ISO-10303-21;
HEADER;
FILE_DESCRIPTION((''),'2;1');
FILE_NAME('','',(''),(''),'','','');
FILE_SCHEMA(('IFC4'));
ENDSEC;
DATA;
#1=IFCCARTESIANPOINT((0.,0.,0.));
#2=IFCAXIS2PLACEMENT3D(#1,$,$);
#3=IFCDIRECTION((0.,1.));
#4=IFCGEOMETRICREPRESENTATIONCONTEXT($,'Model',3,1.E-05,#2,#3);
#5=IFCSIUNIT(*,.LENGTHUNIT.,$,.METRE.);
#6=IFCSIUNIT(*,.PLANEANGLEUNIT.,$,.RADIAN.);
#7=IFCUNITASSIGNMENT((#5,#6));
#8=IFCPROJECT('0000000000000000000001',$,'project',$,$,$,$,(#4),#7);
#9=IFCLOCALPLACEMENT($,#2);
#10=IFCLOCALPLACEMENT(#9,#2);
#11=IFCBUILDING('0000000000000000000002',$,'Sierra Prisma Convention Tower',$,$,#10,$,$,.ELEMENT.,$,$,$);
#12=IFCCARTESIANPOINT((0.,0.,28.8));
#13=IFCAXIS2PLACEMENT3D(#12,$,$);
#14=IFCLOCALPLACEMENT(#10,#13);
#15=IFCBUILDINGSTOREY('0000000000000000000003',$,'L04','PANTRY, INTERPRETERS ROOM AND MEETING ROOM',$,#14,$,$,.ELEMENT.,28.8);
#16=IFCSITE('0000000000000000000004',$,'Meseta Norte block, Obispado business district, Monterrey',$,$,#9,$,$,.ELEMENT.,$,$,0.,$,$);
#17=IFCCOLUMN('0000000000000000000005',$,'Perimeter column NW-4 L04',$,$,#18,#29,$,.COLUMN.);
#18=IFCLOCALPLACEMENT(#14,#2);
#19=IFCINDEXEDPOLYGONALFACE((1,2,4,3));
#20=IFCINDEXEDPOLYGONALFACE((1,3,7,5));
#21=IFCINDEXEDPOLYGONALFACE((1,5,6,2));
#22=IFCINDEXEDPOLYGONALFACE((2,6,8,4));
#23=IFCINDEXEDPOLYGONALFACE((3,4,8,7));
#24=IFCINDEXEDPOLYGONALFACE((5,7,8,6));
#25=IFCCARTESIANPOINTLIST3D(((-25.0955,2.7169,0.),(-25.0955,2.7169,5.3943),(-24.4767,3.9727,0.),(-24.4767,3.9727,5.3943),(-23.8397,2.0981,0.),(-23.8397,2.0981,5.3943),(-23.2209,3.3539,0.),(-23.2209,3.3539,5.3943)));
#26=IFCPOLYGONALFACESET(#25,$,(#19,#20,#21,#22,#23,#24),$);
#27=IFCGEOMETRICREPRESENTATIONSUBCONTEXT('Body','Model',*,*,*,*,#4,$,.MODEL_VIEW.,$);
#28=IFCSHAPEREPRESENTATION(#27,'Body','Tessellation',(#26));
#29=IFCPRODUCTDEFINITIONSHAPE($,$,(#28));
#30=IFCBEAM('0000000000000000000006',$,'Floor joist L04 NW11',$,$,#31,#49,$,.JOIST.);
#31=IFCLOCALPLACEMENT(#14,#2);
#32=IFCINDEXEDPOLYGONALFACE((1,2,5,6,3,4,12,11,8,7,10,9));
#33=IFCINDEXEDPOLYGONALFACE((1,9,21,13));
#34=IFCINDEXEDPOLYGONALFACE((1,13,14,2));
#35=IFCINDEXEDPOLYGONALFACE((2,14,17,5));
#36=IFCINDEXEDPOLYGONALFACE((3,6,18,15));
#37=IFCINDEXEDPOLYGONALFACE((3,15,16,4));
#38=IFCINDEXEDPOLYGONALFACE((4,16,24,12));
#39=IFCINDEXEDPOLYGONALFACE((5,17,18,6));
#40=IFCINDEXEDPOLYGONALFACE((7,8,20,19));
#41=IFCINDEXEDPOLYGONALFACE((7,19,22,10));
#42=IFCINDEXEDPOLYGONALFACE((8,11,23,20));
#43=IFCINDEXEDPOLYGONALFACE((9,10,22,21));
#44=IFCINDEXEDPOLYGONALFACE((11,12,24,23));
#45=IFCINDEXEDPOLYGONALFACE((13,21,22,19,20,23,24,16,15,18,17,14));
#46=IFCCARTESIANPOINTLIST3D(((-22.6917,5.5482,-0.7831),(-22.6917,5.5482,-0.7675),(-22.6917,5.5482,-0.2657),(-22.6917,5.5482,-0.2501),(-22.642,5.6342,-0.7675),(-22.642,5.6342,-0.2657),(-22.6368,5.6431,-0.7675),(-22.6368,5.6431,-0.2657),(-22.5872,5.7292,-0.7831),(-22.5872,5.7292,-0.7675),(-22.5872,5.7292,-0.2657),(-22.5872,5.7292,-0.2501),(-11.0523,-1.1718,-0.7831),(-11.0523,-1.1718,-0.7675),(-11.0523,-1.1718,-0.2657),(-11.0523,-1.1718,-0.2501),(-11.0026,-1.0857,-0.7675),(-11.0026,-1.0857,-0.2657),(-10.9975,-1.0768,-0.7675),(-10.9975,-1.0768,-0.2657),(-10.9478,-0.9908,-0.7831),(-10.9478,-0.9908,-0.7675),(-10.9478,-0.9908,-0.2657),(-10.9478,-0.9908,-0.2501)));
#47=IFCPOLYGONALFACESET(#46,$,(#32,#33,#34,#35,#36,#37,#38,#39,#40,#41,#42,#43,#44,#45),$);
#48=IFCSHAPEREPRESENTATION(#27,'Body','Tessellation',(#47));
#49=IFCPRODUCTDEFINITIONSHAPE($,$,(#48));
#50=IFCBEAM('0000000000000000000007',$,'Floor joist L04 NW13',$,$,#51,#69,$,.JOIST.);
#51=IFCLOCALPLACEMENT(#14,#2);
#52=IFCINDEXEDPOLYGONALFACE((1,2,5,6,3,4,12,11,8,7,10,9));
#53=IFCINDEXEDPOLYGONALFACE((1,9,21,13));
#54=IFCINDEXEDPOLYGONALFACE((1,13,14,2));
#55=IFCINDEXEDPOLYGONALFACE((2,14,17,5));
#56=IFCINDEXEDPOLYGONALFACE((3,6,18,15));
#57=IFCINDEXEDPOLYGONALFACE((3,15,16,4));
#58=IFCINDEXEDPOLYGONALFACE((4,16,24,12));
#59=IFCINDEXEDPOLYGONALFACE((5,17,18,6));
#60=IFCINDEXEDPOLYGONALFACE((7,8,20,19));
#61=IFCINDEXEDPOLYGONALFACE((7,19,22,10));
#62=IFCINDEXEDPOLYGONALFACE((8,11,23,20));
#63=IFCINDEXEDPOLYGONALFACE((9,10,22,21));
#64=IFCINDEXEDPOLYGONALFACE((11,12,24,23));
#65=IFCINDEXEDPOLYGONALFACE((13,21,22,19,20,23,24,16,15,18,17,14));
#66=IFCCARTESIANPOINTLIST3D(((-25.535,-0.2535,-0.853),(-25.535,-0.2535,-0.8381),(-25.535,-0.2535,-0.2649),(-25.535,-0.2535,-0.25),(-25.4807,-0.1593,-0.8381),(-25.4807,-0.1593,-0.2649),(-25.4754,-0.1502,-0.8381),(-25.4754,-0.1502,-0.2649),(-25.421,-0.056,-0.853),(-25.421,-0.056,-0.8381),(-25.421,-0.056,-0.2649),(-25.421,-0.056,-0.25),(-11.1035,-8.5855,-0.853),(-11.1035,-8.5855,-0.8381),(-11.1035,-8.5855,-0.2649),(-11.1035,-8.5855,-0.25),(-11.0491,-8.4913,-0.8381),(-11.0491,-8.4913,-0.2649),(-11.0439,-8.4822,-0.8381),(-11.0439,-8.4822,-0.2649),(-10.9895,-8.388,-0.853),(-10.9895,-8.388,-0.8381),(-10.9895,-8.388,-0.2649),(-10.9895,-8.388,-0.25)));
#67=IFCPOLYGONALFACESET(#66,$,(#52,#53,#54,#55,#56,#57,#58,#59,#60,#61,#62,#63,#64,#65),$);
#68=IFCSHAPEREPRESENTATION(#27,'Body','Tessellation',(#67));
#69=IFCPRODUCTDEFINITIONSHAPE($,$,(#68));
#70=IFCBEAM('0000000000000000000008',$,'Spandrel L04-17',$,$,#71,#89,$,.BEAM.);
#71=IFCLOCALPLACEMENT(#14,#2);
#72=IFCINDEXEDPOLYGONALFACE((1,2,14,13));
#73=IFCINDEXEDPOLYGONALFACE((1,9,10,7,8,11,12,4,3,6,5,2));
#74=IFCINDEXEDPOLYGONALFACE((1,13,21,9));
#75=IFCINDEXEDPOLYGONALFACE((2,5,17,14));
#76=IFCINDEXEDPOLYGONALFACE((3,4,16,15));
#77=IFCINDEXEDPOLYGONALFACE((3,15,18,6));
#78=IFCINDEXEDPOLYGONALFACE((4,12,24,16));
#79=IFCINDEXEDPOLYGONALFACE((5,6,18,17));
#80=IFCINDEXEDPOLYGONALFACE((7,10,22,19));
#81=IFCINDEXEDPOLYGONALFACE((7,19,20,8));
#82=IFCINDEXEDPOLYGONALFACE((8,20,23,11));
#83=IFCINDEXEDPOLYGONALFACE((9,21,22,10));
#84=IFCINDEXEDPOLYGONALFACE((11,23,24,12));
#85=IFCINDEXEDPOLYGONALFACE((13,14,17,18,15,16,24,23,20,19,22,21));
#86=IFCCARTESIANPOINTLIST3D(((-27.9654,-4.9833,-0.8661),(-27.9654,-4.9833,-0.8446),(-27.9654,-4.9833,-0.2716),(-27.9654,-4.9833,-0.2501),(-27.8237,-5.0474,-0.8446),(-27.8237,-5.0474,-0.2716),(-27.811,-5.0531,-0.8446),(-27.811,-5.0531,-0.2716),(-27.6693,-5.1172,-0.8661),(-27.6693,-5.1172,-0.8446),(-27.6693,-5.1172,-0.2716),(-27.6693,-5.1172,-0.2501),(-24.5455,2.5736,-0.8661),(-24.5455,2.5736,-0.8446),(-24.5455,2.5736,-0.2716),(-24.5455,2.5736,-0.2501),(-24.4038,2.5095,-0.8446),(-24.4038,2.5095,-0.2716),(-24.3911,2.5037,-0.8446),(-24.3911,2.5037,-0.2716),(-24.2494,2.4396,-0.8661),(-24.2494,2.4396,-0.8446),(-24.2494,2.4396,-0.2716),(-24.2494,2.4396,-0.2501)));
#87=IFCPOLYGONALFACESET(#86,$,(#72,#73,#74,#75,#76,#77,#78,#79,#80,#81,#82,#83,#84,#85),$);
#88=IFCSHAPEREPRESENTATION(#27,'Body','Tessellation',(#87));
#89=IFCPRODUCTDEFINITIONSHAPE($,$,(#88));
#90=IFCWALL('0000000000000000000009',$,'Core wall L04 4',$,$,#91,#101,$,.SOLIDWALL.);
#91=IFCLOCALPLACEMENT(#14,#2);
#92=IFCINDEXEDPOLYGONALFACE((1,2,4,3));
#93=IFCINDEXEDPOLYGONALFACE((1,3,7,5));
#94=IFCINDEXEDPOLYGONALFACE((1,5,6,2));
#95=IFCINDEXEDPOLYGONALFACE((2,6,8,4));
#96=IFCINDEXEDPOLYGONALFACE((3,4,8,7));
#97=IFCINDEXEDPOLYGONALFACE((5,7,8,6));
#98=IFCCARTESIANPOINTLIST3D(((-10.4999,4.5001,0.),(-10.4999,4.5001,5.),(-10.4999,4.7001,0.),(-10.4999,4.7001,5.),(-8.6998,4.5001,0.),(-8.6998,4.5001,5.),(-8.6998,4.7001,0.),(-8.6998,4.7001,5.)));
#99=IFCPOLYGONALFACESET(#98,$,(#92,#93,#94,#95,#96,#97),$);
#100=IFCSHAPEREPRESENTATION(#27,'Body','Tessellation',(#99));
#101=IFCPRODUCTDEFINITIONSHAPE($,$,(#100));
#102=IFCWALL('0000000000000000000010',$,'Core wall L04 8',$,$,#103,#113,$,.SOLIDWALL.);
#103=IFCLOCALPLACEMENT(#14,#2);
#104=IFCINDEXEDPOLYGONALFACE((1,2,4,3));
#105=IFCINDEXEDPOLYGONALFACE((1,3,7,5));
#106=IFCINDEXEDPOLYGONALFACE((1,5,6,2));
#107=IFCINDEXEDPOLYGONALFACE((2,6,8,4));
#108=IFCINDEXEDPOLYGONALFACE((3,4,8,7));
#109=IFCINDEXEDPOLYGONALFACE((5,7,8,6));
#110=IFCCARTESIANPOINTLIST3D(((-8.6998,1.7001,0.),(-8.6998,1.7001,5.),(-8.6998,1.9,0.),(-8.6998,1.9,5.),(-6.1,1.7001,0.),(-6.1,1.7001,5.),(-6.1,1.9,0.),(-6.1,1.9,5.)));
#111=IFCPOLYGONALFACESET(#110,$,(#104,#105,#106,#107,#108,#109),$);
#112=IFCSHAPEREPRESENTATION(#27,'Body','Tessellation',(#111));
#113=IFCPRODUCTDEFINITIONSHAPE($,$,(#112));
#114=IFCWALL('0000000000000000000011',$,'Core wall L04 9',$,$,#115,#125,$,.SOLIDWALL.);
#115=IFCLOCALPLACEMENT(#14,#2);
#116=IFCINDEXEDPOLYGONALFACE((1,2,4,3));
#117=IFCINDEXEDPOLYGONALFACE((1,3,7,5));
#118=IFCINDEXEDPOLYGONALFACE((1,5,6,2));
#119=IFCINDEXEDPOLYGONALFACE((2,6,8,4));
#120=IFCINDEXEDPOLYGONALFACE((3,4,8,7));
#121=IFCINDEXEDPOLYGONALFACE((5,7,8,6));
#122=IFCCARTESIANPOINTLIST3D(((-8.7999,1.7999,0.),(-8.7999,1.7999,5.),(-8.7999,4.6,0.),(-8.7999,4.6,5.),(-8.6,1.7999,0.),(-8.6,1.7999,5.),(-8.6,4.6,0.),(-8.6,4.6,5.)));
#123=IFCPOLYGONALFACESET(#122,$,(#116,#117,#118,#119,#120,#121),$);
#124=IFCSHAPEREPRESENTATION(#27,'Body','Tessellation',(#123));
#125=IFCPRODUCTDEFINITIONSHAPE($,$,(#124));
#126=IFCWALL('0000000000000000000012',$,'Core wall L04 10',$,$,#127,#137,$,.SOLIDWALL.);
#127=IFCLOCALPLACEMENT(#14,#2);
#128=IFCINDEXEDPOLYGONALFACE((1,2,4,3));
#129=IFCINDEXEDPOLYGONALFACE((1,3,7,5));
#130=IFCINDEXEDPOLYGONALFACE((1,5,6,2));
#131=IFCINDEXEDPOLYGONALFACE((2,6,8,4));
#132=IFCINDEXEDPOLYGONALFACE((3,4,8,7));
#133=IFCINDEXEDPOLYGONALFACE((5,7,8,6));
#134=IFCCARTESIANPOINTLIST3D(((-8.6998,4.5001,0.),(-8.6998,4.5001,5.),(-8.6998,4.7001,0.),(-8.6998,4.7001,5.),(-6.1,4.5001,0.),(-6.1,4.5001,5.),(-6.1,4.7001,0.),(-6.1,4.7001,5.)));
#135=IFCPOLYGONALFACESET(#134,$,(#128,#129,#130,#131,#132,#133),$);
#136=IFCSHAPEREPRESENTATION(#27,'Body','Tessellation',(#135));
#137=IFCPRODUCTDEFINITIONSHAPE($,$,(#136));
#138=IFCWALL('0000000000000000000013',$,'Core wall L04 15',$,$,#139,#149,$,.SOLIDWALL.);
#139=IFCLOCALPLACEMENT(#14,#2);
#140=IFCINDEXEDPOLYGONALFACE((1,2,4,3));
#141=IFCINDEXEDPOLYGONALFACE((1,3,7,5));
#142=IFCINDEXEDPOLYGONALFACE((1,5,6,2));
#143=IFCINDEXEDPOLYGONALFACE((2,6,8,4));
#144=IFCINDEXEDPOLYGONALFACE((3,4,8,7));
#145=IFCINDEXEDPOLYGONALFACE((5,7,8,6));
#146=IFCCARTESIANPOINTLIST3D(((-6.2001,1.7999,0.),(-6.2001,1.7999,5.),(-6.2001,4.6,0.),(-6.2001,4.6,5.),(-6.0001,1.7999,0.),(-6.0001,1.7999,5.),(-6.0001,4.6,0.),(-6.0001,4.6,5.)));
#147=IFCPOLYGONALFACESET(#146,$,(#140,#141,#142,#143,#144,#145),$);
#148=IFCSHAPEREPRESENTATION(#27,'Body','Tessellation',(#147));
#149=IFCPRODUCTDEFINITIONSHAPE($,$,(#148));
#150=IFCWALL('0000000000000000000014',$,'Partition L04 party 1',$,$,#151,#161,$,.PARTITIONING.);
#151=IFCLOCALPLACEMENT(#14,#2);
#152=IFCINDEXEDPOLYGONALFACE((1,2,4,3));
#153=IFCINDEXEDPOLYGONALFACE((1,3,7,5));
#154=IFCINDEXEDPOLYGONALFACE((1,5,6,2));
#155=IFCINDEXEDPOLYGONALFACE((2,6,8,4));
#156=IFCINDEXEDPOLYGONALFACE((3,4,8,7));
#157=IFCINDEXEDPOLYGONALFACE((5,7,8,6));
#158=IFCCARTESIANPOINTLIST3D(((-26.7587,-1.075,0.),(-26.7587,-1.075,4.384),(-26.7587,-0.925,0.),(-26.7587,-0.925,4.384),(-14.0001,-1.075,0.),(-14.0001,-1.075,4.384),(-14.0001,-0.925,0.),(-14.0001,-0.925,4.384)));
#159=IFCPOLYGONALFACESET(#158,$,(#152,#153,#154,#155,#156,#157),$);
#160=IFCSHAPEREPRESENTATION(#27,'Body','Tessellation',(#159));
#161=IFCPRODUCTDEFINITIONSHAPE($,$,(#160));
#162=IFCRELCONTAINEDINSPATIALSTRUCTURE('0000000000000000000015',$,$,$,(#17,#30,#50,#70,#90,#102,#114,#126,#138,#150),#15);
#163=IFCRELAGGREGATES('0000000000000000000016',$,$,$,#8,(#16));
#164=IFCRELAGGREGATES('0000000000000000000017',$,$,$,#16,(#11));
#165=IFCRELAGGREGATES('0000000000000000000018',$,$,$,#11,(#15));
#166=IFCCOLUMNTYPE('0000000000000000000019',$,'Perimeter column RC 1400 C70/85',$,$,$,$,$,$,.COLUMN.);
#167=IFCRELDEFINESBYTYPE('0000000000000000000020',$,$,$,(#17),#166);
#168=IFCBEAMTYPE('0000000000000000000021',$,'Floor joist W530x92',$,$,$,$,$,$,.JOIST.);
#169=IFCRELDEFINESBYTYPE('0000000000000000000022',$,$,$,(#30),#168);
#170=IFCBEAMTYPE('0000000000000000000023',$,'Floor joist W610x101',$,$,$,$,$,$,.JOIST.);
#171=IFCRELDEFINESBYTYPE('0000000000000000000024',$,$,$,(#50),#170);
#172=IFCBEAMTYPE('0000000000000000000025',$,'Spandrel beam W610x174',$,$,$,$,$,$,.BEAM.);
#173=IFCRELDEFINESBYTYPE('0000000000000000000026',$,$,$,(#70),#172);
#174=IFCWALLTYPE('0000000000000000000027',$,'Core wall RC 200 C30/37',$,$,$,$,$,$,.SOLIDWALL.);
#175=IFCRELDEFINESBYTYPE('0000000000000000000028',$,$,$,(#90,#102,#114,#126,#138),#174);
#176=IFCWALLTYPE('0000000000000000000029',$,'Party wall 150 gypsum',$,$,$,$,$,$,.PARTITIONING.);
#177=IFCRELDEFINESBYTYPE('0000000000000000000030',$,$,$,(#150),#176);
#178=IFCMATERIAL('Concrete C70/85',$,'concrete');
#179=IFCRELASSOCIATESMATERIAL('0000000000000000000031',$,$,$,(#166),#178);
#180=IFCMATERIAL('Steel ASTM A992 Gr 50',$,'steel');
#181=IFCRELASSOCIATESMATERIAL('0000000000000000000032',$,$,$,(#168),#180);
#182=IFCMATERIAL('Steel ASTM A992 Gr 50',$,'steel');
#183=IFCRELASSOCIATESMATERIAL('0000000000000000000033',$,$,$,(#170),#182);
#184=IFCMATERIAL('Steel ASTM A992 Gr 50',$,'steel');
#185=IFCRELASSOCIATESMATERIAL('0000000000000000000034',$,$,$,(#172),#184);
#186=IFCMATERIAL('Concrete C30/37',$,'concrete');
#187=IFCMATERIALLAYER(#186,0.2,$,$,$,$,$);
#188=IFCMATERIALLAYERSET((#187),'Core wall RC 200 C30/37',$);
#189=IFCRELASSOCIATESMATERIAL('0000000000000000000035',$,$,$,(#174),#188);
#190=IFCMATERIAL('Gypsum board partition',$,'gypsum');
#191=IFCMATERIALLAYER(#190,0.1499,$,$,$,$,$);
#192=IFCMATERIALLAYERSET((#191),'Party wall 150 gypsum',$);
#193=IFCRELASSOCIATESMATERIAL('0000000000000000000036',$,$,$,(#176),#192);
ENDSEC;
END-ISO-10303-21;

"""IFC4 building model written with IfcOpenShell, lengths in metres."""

from ifc_helpers import new_model, si_unit, direction, frame, frame_2d, origin, origin_2d, place, context, subcontext, project, spatial, rectangle, i_section, extrude, clip, halfspace, material, layer, layer_set, material_profile, profile_set, type_object, element, save


model = new_model("IFC4")

# Units and contexts
model_context = context("Model", 3, precision=1e-05, world=origin(), true_north=direction((0.0, 1.0)))
body_context = subcontext(model_context, "Body", "Model", "MODEL_VIEW")
ifc_project = project(units=[si_unit("LENGTHUNIT", "METRE"), si_unit("PLANEANGLEUNIT", "RADIAN")], contexts=[model_context])

# Site, building, storey
site_placement = place(None, origin())
site = spatial("IfcSite", under=ifc_project, at=site_placement, Name="Meseta Norte block, Obispado business district, Monterrey", CompositionType="ELEMENT", RefElevation=0.0)
building_placement = place(site_placement, origin())
building = spatial("IfcBuilding", under=site, at=building_placement, Name="Sierra Prisma Convention Tower", CompositionType="ELEMENT")
storey_placement = place(building_placement, frame((0.0, 0.0, 28.8)))
storey = spatial("IfcBuildingStorey", under=building, at=storey_placement, Name="L04", Description="PANTRY, INTERPRETERS ROOM AND MEETING ROOM", CompositionType="ELEMENT", Elevation=28.8)

# Column
ifc_material_1 = material(Name="Concrete C70/85", Category="concrete")
ifc_material_profile_1 = material_profile(ifc_material_1, rectangle(XDim=1.3999, YDim=1.3999, at=origin_2d()), Name="Perimeter column RC 1400 C70/85")
ifc_profile_set_1 = profile_set([ifc_material_profile_1], Name="Concrete C70/85")
column_type = type_object("IfcColumnType", Name="Perimeter column RC 1400 C70/85", PredefinedType="COLUMN", material=ifc_profile_set_1)
column_placement = place(storey_placement, frame((-24.1582, 3.0354, 0.0), z_axis=(0.0, 0.0, 1.0), x_axis=(0.442023, 0.897004, 0.0)))
element("IfcColumn", 1, at=column_placement, inside=storey, type_object=column_type, Name="Perimeter column NW-4 L04", PredefinedType="COLUMN", context=body_context, shape_type="SweptSolid", body=[
    clip(extrude(rectangle(XDim=1.3999, YDim=1.3999, at=origin_2d()), origin(), (0.0, 0.0, 1.0), 5.3999), halfspace(frame((0.0, 0.0, 5.3943)), False)),
])

# Beams
ifc_material_2 = material(Name="Steel ASTM A992 Gr 50", Category="steel")
ifc_material_profile_2 = material_profile(ifc_material_2, i_section(OverallWidth=0.209, OverallDepth=0.533, WebThickness=0.0103, FlangeThickness=0.0156, at=origin_2d()), Name="W530x92")
ifc_profile_set_2 = profile_set([ifc_material_profile_2], Name="Steel ASTM A992 Gr 50")
beam_type_1 = type_object("IfcBeamType", Name="Floor joist W530x92", PredefinedType="JOIST", material=ifc_profile_set_2)
beam_1_placement = place(storey_placement, frame((-22.6394, 5.6387, -0.5166), z_axis=(0.866027, -0.499998, 0.0), x_axis=(0.499998, 0.866027, 0.0)))
element("IfcBeam", 2, at=beam_1_placement, inside=storey, type_object=beam_type_1, Name="Floor joist L04 NW11", PredefinedType="JOIST", context=body_context, shape_type="SweptSolid", body=[
    extrude(i_section(OverallWidth=0.209, OverallDepth=0.533, WebThickness=0.0103, FlangeThickness=0.0156, at=origin_2d()), origin(), (0.0, 0.0, 1.0), 13.4399),
])
ifc_material_3 = material(Name="Steel ASTM A992 Gr 50", Category="steel")
ifc_material_profile_3 = material_profile(ifc_material_3, i_section(OverallWidth=0.228, OverallDepth=0.603, WebThickness=0.0105, FlangeThickness=0.0149, at=origin_2d()), Name="W610x101")
ifc_profile_set_3 = profile_set([ifc_material_profile_3], Name="Steel ASTM A992 Gr 50")
beam_type_2 = type_object("IfcBeamType", Name="Floor joist W610x101", PredefinedType="JOIST", material=ifc_profile_set_3)
beam_2_placement = place(storey_placement, frame((-25.478, -0.1548, -0.5515), z_axis=(0.866027, -0.499996, 0.0), x_axis=(0.499996, 0.866027, 0.0)))
element("IfcBeam", 3, at=beam_2_placement, inside=storey, type_object=beam_type_2, Name="Floor joist L04 NW13", PredefinedType="JOIST", context=body_context, shape_type="SweptSolid", body=[
    extrude(i_section(OverallWidth=0.228, OverallDepth=0.603, WebThickness=0.0105, FlangeThickness=0.0149, at=origin_2d()), origin(), (0.0, 0.0, 1.0), 16.6641),
])
ifc_material_4 = material(Name="Steel ASTM A992 Gr 50", Category="steel")
ifc_material_profile_4 = material_profile(ifc_material_4, i_section(OverallWidth=0.325, OverallDepth=0.616, WebThickness=0.0139, FlangeThickness=0.0215, at=origin_2d()), Name="W610x174")
ifc_profile_set_4 = profile_set([ifc_material_profile_4], Name="Steel ASTM A992 Gr 50")
beam_type_3 = type_object("IfcBeamType", Name="Spandrel beam W610x174", PredefinedType="BEAM", material=ifc_profile_set_4)
beam_3_placement = place(storey_placement, frame((-24.3975, 2.5066, -0.5581), z_axis=(-0.412301, -0.911048, 0.0), x_axis=(0.911048, -0.412301, 0.0)))
element("IfcBeam", 4, at=beam_3_placement, inside=storey, type_object=beam_type_3, Name="Spandrel L04-17", PredefinedType="BEAM", context=body_context, shape_type="SweptSolid", body=[
    extrude(i_section(OverallWidth=0.325, OverallDepth=0.616, WebThickness=0.0139, FlangeThickness=0.0215, at=origin_2d()), origin(), (0.0, 0.0, 1.0), 8.2947),
])

# Shared definitions
ifc_material_5 = material(Name="Concrete C30/37", Category="concrete")
ifc_layer_1 = layer(ifc_material_5, 0.2)
ifc_layer_set_1 = layer_set([ifc_layer_1], Name="Core wall RC 200 C30/37")
wall_type_1 = type_object("IfcWallType", Name="Core wall RC 200 C30/37", PredefinedType="SOLIDWALL", material=ifc_layer_set_1)

# Walls
wall_1_placement = place(storey_placement, frame((-8.7, 4.6001, 0.0), z_axis=(0.0, 0.0, 1.0), x_axis=(-1.0, 0.0, 0.0)))
element("IfcWall", 5, at=wall_1_placement, inside=storey, type_object=wall_type_1, Name="Core wall L04 4", PredefinedType="SOLIDWALL", context=body_context, shape_type="SweptSolid", body=[
    extrude(rectangle(XDim=1.8, YDim=0.2, at=frame_2d((0.8999, 0.0))), origin(), (0.0, 0.0, 1.0), 5.0),
])
wall_2_placement = place(storey_placement, frame((-6.1001, 1.8, 0.0), z_axis=(0.0, 0.0, 1.0), x_axis=(-1.0, 0.0, 0.0)))
element("IfcWall", 6, at=wall_2_placement, inside=storey, type_object=wall_type_1, Name="Core wall L04 8", PredefinedType="SOLIDWALL", context=body_context, shape_type="SweptSolid", body=[
    extrude(rectangle(XDim=2.5999, YDim=0.2, at=frame_2d((1.2998, 0.0))), origin(), (0.0, 0.0, 1.0), 5.0),
])
wall_3_placement = place(storey_placement, frame((-8.7, 1.8, 0.0), z_axis=(0.0, 0.0, 1.0), x_axis=(0.0, 1.0, 0.0)))
element("IfcWall", 7, at=wall_3_placement, inside=storey, type_object=wall_type_1, Name="Core wall L04 9", PredefinedType="SOLIDWALL", context=body_context, shape_type="SweptSolid", body=[
    extrude(rectangle(XDim=2.8, YDim=0.2, at=frame_2d((1.3999, 0.0))), origin(), (0.0, 0.0, 1.0), 5.0),
])
wall_4_placement = place(storey_placement, frame((-6.1001, 4.6001, 0.0), z_axis=(0.0, 0.0, 1.0), x_axis=(-1.0, 0.0, 0.0)))
element("IfcWall", 8, at=wall_4_placement, inside=storey, type_object=wall_type_1, Name="Core wall L04 10", PredefinedType="SOLIDWALL", context=body_context, shape_type="SweptSolid", body=[
    extrude(rectangle(XDim=2.5999, YDim=0.2, at=frame_2d((1.2998, 0.0))), origin(), (0.0, 0.0, 1.0), 5.0),
])
wall_5_placement = place(storey_placement, frame((-6.1001, 1.8, 0.0), z_axis=(0.0, 0.0, 1.0), x_axis=(0.0, 1.0, 0.0)))
element("IfcWall", 9, at=wall_5_placement, inside=storey, type_object=wall_type_1, Name="Core wall L04 15", PredefinedType="SOLIDWALL", context=body_context, shape_type="SweptSolid", body=[
    extrude(rectangle(XDim=2.8, YDim=0.2, at=frame_2d((1.3999, 0.0))), origin(), (0.0, 0.0, 1.0), 5.0),
])
ifc_material_6 = material(Name="Gypsum board partition", Category="gypsum")
ifc_layer_2 = layer(ifc_material_6, 0.1499)
ifc_layer_set_2 = layer_set([ifc_layer_2], Name="Party wall 150 gypsum")
wall_type_2 = type_object("IfcWallType", Name="Party wall 150 gypsum", PredefinedType="PARTITIONING", material=ifc_layer_set_2)
wall_6_placement = place(storey_placement, frame((-14.0, -1.0, 0.0), z_axis=(0.0, 0.0, 1.0), x_axis=(-1.0, 0.0, 0.0)))
element("IfcWall", 10, at=wall_6_placement, inside=storey, type_object=wall_type_2, Name="Partition L04 party 1", PredefinedType="PARTITIONING", context=body_context, shape_type="SweptSolid", body=[
    extrude(rectangle(XDim=12.7585, YDim=0.1499, at=frame_2d((6.3794, 0.0))), origin(), (0.0, 0.0, 1.0), 4.384),
])

save(model, "model.ifc")
